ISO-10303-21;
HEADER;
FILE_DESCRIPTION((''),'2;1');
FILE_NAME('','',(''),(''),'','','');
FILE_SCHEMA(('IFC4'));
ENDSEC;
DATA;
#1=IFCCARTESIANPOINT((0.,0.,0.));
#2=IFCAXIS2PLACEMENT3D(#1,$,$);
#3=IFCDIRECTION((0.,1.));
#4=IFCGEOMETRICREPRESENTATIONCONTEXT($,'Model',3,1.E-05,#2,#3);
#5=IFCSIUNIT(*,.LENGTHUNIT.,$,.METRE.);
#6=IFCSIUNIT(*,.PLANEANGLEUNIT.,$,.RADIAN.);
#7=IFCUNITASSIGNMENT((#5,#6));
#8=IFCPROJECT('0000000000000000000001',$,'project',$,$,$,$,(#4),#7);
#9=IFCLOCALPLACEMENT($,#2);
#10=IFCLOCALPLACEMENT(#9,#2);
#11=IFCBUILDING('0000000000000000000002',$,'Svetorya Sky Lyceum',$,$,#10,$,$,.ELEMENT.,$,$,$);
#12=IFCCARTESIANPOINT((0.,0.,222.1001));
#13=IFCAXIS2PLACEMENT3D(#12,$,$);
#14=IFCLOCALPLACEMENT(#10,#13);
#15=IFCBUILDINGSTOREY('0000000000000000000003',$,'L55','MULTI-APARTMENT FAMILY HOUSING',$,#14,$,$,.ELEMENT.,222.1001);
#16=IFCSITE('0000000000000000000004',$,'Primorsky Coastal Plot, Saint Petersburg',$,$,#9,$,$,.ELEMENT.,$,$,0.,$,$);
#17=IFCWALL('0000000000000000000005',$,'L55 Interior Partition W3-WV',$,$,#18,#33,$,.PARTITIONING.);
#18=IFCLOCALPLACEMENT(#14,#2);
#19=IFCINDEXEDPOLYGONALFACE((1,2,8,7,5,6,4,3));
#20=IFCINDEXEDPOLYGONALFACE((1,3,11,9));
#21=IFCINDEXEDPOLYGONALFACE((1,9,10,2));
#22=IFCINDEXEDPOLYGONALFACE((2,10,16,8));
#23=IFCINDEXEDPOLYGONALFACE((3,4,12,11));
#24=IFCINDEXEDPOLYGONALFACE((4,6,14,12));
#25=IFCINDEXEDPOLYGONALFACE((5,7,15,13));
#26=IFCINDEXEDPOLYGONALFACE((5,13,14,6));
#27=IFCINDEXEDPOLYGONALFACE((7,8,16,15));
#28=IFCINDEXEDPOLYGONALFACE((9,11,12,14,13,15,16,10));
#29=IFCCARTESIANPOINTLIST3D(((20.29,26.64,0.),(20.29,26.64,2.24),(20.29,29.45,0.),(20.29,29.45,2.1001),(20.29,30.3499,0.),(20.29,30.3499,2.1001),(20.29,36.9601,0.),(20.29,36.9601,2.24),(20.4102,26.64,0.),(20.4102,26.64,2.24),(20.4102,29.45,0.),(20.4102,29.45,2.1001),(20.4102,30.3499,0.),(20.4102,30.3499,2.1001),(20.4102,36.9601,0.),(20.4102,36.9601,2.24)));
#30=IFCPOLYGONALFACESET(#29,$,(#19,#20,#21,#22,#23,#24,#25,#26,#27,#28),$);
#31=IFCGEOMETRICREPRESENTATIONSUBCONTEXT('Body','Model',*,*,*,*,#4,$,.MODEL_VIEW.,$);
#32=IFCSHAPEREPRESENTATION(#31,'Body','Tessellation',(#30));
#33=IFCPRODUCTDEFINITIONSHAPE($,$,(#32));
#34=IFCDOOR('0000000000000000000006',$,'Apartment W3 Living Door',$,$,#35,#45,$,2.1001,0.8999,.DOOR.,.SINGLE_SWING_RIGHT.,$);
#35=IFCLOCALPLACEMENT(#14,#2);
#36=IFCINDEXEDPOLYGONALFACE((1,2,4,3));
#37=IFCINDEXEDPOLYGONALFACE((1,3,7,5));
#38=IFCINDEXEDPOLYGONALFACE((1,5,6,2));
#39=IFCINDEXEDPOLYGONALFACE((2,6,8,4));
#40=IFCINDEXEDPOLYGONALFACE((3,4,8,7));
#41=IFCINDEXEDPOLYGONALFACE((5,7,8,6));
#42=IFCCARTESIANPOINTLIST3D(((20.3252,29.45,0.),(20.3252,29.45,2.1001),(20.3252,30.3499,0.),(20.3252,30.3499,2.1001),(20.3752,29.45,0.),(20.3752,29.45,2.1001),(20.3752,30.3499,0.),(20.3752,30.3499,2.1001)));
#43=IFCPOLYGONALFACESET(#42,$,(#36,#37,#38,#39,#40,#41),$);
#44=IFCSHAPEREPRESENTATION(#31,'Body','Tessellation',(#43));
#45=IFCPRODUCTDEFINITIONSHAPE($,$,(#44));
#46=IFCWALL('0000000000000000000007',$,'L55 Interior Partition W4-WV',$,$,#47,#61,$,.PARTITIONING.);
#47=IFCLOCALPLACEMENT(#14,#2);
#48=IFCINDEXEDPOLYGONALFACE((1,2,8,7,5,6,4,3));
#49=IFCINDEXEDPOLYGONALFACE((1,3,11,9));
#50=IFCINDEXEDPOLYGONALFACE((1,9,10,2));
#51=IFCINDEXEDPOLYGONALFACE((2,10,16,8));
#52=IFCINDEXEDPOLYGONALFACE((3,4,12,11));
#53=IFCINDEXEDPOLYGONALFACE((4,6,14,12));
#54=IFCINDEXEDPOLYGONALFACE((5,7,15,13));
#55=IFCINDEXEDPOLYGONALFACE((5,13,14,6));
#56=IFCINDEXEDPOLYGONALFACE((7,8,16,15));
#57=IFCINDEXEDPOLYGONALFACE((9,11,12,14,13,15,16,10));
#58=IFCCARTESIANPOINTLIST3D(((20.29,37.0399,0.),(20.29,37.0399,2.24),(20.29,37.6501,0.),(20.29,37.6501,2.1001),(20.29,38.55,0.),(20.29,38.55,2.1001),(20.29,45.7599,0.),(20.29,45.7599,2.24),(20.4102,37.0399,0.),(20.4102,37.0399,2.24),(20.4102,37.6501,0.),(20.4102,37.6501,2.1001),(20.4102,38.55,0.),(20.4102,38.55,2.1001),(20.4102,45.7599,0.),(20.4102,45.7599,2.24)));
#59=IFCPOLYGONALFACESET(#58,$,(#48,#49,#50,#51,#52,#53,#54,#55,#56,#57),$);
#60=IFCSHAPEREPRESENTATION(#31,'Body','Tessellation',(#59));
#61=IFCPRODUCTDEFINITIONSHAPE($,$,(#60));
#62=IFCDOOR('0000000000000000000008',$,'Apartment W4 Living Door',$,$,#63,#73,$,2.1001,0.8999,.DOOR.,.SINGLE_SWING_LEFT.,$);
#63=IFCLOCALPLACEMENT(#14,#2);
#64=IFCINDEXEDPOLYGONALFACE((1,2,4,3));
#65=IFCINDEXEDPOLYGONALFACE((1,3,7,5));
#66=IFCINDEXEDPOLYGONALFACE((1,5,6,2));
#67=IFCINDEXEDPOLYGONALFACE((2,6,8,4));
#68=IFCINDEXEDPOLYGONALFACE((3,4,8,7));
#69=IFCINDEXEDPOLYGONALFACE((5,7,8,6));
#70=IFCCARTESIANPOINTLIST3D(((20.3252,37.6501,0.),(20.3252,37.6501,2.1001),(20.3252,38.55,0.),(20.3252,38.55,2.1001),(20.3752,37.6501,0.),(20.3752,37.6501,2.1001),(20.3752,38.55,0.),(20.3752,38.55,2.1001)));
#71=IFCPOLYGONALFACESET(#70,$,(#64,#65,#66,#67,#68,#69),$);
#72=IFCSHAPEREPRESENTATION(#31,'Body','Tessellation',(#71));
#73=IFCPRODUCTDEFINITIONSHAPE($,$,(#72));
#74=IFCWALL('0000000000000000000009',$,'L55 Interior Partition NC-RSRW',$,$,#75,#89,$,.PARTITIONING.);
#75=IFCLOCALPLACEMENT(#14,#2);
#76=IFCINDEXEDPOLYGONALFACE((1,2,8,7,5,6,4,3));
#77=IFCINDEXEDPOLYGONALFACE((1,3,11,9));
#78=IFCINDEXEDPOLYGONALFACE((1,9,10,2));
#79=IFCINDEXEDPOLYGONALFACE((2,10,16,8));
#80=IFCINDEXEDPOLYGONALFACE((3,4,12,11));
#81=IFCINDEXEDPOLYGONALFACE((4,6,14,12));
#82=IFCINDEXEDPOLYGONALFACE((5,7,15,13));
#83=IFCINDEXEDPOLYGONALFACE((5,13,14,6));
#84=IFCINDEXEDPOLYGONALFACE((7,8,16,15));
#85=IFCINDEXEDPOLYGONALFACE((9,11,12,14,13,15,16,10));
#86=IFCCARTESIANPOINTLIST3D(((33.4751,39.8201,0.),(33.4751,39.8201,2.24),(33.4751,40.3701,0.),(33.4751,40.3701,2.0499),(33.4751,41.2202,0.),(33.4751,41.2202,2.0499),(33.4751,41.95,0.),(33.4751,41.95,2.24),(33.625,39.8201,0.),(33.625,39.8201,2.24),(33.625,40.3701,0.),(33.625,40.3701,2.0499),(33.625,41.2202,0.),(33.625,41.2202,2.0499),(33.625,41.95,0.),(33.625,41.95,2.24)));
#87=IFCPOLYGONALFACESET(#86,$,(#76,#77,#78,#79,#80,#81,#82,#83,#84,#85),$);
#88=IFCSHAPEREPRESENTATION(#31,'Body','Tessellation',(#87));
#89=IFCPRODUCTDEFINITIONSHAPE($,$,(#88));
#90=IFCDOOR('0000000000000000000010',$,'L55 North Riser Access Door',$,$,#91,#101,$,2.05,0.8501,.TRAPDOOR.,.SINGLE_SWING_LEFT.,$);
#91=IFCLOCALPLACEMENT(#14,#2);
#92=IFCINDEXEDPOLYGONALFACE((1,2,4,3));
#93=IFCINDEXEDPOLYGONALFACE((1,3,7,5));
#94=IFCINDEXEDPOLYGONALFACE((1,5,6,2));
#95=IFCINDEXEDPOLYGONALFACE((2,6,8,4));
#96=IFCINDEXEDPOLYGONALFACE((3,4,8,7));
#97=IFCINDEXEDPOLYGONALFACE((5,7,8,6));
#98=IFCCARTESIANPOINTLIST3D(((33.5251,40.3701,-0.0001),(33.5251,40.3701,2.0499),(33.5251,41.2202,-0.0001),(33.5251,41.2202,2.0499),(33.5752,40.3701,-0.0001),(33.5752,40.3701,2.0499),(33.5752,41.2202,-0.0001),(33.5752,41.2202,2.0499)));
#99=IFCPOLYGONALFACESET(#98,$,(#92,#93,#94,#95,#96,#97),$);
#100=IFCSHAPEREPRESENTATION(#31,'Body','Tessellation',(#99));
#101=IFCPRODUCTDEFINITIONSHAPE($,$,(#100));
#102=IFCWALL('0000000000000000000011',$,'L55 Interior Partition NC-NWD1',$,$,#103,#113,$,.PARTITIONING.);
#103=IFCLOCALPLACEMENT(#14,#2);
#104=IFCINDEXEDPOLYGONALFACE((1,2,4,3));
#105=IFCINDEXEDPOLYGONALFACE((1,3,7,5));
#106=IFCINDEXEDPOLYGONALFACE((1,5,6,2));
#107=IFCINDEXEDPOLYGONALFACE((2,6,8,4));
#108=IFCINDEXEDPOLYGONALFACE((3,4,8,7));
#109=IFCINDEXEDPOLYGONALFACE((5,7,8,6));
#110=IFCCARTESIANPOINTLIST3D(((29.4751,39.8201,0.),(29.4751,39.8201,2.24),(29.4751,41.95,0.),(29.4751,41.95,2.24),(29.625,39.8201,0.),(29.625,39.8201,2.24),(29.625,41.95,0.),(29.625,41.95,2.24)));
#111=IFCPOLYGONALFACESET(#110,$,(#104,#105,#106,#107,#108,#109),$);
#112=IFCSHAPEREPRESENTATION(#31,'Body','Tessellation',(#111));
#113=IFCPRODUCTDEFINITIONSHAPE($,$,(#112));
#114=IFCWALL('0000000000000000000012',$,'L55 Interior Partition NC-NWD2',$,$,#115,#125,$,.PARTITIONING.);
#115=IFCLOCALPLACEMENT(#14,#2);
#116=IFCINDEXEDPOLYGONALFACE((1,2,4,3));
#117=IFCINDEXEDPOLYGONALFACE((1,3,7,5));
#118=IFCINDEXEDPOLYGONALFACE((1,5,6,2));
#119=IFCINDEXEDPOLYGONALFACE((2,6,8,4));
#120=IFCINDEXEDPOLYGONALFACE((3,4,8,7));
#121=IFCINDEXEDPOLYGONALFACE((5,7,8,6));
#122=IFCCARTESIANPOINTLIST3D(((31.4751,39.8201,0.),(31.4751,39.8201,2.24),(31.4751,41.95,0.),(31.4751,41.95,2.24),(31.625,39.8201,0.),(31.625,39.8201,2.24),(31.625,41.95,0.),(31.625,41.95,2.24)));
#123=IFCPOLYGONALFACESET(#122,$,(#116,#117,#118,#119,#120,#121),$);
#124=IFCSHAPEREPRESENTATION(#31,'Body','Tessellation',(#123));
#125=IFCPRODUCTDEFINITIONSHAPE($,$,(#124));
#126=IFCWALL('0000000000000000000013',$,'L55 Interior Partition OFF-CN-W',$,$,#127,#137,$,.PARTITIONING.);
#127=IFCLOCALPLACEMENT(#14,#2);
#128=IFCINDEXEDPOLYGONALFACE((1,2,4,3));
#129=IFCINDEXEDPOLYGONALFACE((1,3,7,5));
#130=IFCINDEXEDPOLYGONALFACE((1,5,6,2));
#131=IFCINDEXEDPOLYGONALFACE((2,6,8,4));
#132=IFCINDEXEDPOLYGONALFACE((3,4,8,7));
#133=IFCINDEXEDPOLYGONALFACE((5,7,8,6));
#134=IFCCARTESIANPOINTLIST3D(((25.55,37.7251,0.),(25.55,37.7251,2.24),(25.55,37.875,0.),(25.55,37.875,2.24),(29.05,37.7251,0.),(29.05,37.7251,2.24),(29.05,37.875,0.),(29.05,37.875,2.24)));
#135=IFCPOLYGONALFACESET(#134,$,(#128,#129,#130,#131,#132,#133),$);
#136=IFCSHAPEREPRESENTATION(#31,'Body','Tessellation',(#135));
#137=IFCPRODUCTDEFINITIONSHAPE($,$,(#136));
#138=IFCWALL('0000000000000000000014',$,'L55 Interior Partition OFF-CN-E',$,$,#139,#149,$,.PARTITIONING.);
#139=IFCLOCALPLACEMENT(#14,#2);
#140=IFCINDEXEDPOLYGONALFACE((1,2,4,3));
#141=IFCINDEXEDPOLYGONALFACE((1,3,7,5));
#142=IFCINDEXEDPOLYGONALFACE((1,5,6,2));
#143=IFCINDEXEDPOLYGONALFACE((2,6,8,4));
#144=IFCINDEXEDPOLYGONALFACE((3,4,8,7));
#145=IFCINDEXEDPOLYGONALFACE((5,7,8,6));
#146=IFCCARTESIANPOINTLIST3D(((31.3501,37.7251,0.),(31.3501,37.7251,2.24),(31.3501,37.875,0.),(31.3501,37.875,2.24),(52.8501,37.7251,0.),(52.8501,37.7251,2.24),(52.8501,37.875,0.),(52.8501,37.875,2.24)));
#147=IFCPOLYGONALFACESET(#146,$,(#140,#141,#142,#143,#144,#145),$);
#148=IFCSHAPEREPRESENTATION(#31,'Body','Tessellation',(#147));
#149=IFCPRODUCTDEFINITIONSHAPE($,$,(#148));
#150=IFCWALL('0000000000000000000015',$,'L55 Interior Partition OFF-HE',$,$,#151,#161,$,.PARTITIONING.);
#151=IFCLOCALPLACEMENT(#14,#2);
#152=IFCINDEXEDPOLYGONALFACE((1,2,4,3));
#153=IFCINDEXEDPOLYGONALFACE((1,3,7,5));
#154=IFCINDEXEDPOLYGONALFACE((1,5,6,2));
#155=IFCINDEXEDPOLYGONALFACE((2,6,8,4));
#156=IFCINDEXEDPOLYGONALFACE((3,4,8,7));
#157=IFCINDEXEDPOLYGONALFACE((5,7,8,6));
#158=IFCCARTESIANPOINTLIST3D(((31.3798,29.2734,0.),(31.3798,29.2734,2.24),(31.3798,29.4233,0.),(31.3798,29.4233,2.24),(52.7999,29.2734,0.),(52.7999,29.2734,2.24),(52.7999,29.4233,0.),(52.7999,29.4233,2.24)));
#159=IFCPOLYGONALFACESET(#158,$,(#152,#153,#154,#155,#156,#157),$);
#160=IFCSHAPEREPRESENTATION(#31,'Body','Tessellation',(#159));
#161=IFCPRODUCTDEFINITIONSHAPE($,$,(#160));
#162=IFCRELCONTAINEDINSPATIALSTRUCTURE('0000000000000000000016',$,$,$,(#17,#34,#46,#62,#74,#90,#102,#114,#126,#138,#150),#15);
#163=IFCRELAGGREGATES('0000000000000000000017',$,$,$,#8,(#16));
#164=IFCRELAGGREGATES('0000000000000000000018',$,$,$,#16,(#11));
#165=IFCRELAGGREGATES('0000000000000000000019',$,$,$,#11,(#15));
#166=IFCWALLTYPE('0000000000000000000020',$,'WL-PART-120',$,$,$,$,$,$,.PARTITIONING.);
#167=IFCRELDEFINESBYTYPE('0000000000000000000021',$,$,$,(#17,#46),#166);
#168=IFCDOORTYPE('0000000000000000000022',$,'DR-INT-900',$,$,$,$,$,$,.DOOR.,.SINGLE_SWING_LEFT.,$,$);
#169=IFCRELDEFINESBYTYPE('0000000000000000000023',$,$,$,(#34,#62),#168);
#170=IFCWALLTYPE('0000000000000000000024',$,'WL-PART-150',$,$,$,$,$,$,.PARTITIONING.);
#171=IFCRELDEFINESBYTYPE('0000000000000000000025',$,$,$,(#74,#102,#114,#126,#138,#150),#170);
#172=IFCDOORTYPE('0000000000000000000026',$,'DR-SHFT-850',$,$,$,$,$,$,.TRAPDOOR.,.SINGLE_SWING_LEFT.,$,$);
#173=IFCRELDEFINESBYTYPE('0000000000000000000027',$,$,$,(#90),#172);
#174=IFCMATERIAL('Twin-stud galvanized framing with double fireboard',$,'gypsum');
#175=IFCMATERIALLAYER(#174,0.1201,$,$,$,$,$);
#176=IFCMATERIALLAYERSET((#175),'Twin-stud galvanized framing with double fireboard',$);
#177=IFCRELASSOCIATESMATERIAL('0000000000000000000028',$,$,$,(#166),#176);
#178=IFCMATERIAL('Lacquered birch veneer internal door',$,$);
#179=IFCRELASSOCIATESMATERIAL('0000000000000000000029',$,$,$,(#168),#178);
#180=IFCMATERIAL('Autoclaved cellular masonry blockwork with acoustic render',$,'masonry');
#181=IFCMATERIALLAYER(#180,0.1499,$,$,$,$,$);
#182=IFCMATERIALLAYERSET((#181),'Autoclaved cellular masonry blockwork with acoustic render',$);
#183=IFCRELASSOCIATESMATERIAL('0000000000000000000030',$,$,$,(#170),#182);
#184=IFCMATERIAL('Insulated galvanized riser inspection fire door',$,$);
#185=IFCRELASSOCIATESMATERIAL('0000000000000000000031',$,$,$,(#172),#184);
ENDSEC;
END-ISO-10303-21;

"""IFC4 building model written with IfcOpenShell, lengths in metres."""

from ifc_helpers import new_model, si_unit, direction, frame, frame_2d, origin, place, context, subcontext, project, spatial, rectangle, extrude, material, layer, layer_set, type_object, element, fill, save


model = new_model("IFC4")

# Units and contexts
model_context = context("Model", 3, precision=1e-05, world=origin(), true_north=direction((0.0, 1.0)))
body_context = subcontext(model_context, "Body", "Model", "MODEL_VIEW")
ifc_project = project(units=[si_unit("LENGTHUNIT", "METRE"), si_unit("PLANEANGLEUNIT", "RADIAN")], contexts=[model_context])

# Site, building, storey
site_placement = place(None, origin())
site = spatial("IfcSite", under=ifc_project, at=site_placement, Name="Primorsky Coastal Plot, Saint Petersburg", CompositionType="ELEMENT", RefElevation=0.0)
building_placement = place(site_placement, origin())
building = spatial("IfcBuilding", under=site, at=building_placement, Name="Svetorya Sky Lyceum", CompositionType="ELEMENT")
storey_placement = place(building_placement, frame((0.0, 0.0, 222.1001)))
storey = spatial("IfcBuildingStorey", under=building, at=storey_placement, Name="L55", Description="MULTI-APARTMENT FAMILY HOUSING", CompositionType="ELEMENT", Elevation=222.1001)

# Walls, openings, doors
ifc_material_1 = material(Name="Twin-stud galvanized framing with double fireboard", Category="gypsum")
ifc_layer_1 = layer(ifc_material_1, 0.1201)
ifc_layer_set_1 = layer_set([ifc_layer_1], Name="Twin-stud galvanized framing with double fireboard")
wall_type_1 = type_object("IfcWallType", Name="WL-PART-120", PredefinedType="PARTITIONING", material=ifc_layer_set_1)
wall_1_placement = place(storey_placement, frame((20.3501, 26.6399, 0.0), z_axis=(0.0, 0.0, 1.0), x_axis=(0.0, 1.0, 0.0)))
wall_1 = element("IfcWall", 1, at=wall_1_placement, inside=storey, type_object=wall_type_1, Name="L55 Interior Partition W3-WV", PredefinedType="PARTITIONING", context=body_context, shape_type="SweptSolid", body=[
    extrude(rectangle(XDim=10.3201, YDim=0.1201, at=frame_2d((5.1602, 0.0))), origin(), (0.0, 0.0, 1.0), 2.24),
])
opening_1_placement = place(wall_1_placement, frame((2.8101, 0.0, 0.0)))
opening_1 = element("IfcOpeningElement", 2, at=opening_1_placement, cuts=wall_1, PredefinedType="OPENING", context=body_context, shape_type="SweptSolid", body=[
    extrude(rectangle(XDim=0.8999, YDim=2.1001, at=frame_2d((0.45, 1.05))), frame((0.0, 0.0701, 0.0), z_axis=(0.0, -1.0, 0.0), x_axis=(1.0, 0.0, 0.0)), (0.0, 0.0, 1.0), 0.1401),
])
ifc_material_2 = material(Name="Lacquered birch veneer internal door")
door_type_1 = type_object("IfcDoorType", Name="DR-INT-900", OperationType="SINGLE_SWING_LEFT", PredefinedType="DOOR", material=ifc_material_2)
door_1_placement = place(opening_1_placement, origin())
door_1 = element("IfcDoor", 3, at=door_1_placement, inside=storey, type_object=door_type_1, Name="Apartment W3 Living Door", OperationType="SINGLE_SWING_RIGHT", OverallHeight=2.1001, OverallWidth=0.8999, PredefinedType="DOOR", context=body_context, shape_type="SweptSolid", body=[
    extrude(rectangle(XDim=0.8999, YDim=2.1001, at=frame_2d((0.45, 1.05))), frame((0.0, 0.0249, 0.0), z_axis=(0.0, -1.0, 0.0), x_axis=(1.0, 0.0, 0.0)), (0.0, 0.0, 1.0), 0.05),
])
fill(opening_1, door_1)
wall_2_placement = place(storey_placement, frame((20.3501, 37.04, 0.0), z_axis=(0.0, 0.0, 1.0), x_axis=(0.0, 1.0, 0.0)))
wall_2 = element("IfcWall", 4, at=wall_2_placement, inside=storey, type_object=wall_type_1, Name="L55 Interior Partition W4-WV", PredefinedType="PARTITIONING", context=body_context, shape_type="SweptSolid", body=[
    extrude(rectangle(XDim=8.72, YDim=0.1201, at=frame_2d((4.3599, 0.0))), origin(), (0.0, 0.0, 1.0), 2.24),
])
opening_2_placement = place(wall_2_placement, frame((0.6101, 0.0, 0.0)))
opening_2 = element("IfcOpeningElement", 5, at=opening_2_placement, cuts=wall_2, PredefinedType="OPENING", context=body_context, shape_type="SweptSolid", body=[
    extrude(rectangle(XDim=0.8999, YDim=2.1001, at=frame_2d((0.45, 1.05))), frame((0.0, 0.0701, 0.0), z_axis=(0.0, -1.0, 0.0), x_axis=(1.0, 0.0, 0.0)), (0.0, 0.0, 1.0), 0.1401),
])
door_2_placement = place(opening_2_placement, origin())
door_2 = element("IfcDoor", 6, at=door_2_placement, inside=storey, type_object=door_type_1, Name="Apartment W4 Living Door", OperationType="SINGLE_SWING_LEFT", OverallHeight=2.1001, OverallWidth=0.8999, PredefinedType="DOOR", context=body_context, shape_type="SweptSolid", body=[
    extrude(rectangle(XDim=0.8999, YDim=2.1001, at=frame_2d((0.45, 1.05))), frame((0.0, 0.0249, 0.0), z_axis=(0.0, -1.0, 0.0), x_axis=(1.0, 0.0, 0.0)), (0.0, 0.0, 1.0), 0.05),
])
fill(opening_2, door_2)
ifc_material_3 = material(Name="Autoclaved cellular masonry blockwork with acoustic render", Category="masonry")
ifc_layer_2 = layer(ifc_material_3, 0.1499)
ifc_layer_set_2 = layer_set([ifc_layer_2], Name="Autoclaved cellular masonry blockwork with acoustic render")
wall_type_2 = type_object("IfcWallType", Name="WL-PART-150", PredefinedType="PARTITIONING", material=ifc_layer_set_2)
wall_3_placement = place(storey_placement, frame((33.55, 39.8201, 0.0), z_axis=(0.0, 0.0, 1.0), x_axis=(0.0, 1.0, 0.0)))
wall_3 = element("IfcWall", 7, at=wall_3_placement, inside=storey, type_object=wall_type_2, Name="L55 Interior Partition NC-RSRW", PredefinedType="PARTITIONING", context=body_context, shape_type="SweptSolid", body=[
    extrude(rectangle(XDim=2.1299, YDim=0.1499, at=frame_2d((1.0649, 0.0))), origin(), (0.0, 0.0, 1.0), 2.24),
])
opening_3_placement = place(wall_3_placement, frame((0.55, 0.0, 0.0)))
opening_3 = element("IfcOpeningElement", 8, at=opening_3_placement, cuts=wall_3, PredefinedType="OPENING", context=body_context, shape_type="SweptSolid", body=[
    extrude(rectangle(XDim=0.8501, YDim=2.05, at=frame_2d((0.425, 1.0249))), frame((0.0, 0.085, 0.0), z_axis=(0.0, -1.0, 0.0), x_axis=(1.0, 0.0, 0.0)), (0.0, 0.0, 1.0), 0.1699),
])
ifc_material_4 = material(Name="Insulated galvanized riser inspection fire door")
door_type_2 = type_object("IfcDoorType", Name="DR-SHFT-850", OperationType="SINGLE_SWING_LEFT", PredefinedType="TRAPDOOR", material=ifc_material_4)
door_3_placement = place(opening_3_placement, origin())
door_3 = element("IfcDoor", 9, at=door_3_placement, inside=storey, type_object=door_type_2, Name="L55 North Riser Access Door", OperationType="SINGLE_SWING_LEFT", OverallHeight=2.05, OverallWidth=0.8501, PredefinedType="TRAPDOOR", context=body_context, shape_type="SweptSolid", body=[
    extrude(rectangle(XDim=0.8501, YDim=2.05, at=frame_2d((0.425, 1.0249))), frame((0.0, 0.0249, 0.0), z_axis=(0.0, -1.0, 0.0), x_axis=(1.0, 0.0, 0.0)), (0.0, 0.0, 1.0), 0.05),
])
fill(opening_3, door_3)

# Walls
for number, where, z_axis, x_axis, name in (
    (10, (29.55, 39.8201, 0.0), (0.0, 0.0, 1.0), (0.0, 1.0, 0.0), "L55 Interior Partition NC-NWD1"),
    (11, (31.55, 39.8201, 0.0), (0.0, 0.0, 1.0), (0.0, 1.0, 0.0), "L55 Interior Partition NC-NWD2"),
):
    element("IfcWall", number, at=place(storey_placement, frame(where, z_axis=z_axis, x_axis=x_axis)), inside=storey, type_object=wall_type_2, Name=name, PredefinedType="PARTITIONING", context=body_context, shape_type="SweptSolid", body=[
        extrude(rectangle(XDim=2.1299, YDim=0.1499, at=frame_2d((1.0649, 0.0))), origin(), (0.0, 0.0, 1.0), 2.24),
    ])
wall_4_placement = place(storey_placement, frame((25.55, 37.8, 0.0), z_axis=(0.0, 0.0, 1.0), x_axis=(1.0, 0.0, 0.0)))
element("IfcWall", 12, at=wall_4_placement, inside=storey, type_object=wall_type_2, Name="L55 Interior Partition OFF-CN-W", PredefinedType="PARTITIONING", context=body_context, shape_type="SweptSolid", body=[
    extrude(rectangle(XDim=3.5, YDim=0.1499, at=frame_2d((1.75, 0.0))), origin(), (0.0, 0.0, 1.0), 2.24),
])
wall_5_placement = place(storey_placement, frame((31.3501, 37.8, 0.0), z_axis=(0.0, 0.0, 1.0), x_axis=(1.0, 0.0, 0.0)))
element("IfcWall", 13, at=wall_5_placement, inside=storey, type_object=wall_type_2, Name="L55 Interior Partition OFF-CN-E", PredefinedType="PARTITIONING", context=body_context, shape_type="SweptSolid", body=[
    extrude(rectangle(XDim=21.5, YDim=0.1499, at=frame_2d((10.75, 0.0))), origin(), (0.0, 0.0, 1.0), 2.24),
])
wall_6_placement = place(storey_placement, frame((31.3799, 29.3484, 0.0), z_axis=(0.0, 0.0, 1.0), x_axis=(1.0, 0.0, 0.0)))
element("IfcWall", 14, at=wall_6_placement, inside=storey, type_object=wall_type_2, Name="L55 Interior Partition OFF-HE", PredefinedType="PARTITIONING", context=body_context, shape_type="SweptSolid", body=[
    extrude(rectangle(XDim=21.4202, YDim=0.1499, at=frame_2d((10.71, 0.0))), origin(), (0.0, 0.0, 1.0), 2.24),
])

save(model, "model.ifc")
